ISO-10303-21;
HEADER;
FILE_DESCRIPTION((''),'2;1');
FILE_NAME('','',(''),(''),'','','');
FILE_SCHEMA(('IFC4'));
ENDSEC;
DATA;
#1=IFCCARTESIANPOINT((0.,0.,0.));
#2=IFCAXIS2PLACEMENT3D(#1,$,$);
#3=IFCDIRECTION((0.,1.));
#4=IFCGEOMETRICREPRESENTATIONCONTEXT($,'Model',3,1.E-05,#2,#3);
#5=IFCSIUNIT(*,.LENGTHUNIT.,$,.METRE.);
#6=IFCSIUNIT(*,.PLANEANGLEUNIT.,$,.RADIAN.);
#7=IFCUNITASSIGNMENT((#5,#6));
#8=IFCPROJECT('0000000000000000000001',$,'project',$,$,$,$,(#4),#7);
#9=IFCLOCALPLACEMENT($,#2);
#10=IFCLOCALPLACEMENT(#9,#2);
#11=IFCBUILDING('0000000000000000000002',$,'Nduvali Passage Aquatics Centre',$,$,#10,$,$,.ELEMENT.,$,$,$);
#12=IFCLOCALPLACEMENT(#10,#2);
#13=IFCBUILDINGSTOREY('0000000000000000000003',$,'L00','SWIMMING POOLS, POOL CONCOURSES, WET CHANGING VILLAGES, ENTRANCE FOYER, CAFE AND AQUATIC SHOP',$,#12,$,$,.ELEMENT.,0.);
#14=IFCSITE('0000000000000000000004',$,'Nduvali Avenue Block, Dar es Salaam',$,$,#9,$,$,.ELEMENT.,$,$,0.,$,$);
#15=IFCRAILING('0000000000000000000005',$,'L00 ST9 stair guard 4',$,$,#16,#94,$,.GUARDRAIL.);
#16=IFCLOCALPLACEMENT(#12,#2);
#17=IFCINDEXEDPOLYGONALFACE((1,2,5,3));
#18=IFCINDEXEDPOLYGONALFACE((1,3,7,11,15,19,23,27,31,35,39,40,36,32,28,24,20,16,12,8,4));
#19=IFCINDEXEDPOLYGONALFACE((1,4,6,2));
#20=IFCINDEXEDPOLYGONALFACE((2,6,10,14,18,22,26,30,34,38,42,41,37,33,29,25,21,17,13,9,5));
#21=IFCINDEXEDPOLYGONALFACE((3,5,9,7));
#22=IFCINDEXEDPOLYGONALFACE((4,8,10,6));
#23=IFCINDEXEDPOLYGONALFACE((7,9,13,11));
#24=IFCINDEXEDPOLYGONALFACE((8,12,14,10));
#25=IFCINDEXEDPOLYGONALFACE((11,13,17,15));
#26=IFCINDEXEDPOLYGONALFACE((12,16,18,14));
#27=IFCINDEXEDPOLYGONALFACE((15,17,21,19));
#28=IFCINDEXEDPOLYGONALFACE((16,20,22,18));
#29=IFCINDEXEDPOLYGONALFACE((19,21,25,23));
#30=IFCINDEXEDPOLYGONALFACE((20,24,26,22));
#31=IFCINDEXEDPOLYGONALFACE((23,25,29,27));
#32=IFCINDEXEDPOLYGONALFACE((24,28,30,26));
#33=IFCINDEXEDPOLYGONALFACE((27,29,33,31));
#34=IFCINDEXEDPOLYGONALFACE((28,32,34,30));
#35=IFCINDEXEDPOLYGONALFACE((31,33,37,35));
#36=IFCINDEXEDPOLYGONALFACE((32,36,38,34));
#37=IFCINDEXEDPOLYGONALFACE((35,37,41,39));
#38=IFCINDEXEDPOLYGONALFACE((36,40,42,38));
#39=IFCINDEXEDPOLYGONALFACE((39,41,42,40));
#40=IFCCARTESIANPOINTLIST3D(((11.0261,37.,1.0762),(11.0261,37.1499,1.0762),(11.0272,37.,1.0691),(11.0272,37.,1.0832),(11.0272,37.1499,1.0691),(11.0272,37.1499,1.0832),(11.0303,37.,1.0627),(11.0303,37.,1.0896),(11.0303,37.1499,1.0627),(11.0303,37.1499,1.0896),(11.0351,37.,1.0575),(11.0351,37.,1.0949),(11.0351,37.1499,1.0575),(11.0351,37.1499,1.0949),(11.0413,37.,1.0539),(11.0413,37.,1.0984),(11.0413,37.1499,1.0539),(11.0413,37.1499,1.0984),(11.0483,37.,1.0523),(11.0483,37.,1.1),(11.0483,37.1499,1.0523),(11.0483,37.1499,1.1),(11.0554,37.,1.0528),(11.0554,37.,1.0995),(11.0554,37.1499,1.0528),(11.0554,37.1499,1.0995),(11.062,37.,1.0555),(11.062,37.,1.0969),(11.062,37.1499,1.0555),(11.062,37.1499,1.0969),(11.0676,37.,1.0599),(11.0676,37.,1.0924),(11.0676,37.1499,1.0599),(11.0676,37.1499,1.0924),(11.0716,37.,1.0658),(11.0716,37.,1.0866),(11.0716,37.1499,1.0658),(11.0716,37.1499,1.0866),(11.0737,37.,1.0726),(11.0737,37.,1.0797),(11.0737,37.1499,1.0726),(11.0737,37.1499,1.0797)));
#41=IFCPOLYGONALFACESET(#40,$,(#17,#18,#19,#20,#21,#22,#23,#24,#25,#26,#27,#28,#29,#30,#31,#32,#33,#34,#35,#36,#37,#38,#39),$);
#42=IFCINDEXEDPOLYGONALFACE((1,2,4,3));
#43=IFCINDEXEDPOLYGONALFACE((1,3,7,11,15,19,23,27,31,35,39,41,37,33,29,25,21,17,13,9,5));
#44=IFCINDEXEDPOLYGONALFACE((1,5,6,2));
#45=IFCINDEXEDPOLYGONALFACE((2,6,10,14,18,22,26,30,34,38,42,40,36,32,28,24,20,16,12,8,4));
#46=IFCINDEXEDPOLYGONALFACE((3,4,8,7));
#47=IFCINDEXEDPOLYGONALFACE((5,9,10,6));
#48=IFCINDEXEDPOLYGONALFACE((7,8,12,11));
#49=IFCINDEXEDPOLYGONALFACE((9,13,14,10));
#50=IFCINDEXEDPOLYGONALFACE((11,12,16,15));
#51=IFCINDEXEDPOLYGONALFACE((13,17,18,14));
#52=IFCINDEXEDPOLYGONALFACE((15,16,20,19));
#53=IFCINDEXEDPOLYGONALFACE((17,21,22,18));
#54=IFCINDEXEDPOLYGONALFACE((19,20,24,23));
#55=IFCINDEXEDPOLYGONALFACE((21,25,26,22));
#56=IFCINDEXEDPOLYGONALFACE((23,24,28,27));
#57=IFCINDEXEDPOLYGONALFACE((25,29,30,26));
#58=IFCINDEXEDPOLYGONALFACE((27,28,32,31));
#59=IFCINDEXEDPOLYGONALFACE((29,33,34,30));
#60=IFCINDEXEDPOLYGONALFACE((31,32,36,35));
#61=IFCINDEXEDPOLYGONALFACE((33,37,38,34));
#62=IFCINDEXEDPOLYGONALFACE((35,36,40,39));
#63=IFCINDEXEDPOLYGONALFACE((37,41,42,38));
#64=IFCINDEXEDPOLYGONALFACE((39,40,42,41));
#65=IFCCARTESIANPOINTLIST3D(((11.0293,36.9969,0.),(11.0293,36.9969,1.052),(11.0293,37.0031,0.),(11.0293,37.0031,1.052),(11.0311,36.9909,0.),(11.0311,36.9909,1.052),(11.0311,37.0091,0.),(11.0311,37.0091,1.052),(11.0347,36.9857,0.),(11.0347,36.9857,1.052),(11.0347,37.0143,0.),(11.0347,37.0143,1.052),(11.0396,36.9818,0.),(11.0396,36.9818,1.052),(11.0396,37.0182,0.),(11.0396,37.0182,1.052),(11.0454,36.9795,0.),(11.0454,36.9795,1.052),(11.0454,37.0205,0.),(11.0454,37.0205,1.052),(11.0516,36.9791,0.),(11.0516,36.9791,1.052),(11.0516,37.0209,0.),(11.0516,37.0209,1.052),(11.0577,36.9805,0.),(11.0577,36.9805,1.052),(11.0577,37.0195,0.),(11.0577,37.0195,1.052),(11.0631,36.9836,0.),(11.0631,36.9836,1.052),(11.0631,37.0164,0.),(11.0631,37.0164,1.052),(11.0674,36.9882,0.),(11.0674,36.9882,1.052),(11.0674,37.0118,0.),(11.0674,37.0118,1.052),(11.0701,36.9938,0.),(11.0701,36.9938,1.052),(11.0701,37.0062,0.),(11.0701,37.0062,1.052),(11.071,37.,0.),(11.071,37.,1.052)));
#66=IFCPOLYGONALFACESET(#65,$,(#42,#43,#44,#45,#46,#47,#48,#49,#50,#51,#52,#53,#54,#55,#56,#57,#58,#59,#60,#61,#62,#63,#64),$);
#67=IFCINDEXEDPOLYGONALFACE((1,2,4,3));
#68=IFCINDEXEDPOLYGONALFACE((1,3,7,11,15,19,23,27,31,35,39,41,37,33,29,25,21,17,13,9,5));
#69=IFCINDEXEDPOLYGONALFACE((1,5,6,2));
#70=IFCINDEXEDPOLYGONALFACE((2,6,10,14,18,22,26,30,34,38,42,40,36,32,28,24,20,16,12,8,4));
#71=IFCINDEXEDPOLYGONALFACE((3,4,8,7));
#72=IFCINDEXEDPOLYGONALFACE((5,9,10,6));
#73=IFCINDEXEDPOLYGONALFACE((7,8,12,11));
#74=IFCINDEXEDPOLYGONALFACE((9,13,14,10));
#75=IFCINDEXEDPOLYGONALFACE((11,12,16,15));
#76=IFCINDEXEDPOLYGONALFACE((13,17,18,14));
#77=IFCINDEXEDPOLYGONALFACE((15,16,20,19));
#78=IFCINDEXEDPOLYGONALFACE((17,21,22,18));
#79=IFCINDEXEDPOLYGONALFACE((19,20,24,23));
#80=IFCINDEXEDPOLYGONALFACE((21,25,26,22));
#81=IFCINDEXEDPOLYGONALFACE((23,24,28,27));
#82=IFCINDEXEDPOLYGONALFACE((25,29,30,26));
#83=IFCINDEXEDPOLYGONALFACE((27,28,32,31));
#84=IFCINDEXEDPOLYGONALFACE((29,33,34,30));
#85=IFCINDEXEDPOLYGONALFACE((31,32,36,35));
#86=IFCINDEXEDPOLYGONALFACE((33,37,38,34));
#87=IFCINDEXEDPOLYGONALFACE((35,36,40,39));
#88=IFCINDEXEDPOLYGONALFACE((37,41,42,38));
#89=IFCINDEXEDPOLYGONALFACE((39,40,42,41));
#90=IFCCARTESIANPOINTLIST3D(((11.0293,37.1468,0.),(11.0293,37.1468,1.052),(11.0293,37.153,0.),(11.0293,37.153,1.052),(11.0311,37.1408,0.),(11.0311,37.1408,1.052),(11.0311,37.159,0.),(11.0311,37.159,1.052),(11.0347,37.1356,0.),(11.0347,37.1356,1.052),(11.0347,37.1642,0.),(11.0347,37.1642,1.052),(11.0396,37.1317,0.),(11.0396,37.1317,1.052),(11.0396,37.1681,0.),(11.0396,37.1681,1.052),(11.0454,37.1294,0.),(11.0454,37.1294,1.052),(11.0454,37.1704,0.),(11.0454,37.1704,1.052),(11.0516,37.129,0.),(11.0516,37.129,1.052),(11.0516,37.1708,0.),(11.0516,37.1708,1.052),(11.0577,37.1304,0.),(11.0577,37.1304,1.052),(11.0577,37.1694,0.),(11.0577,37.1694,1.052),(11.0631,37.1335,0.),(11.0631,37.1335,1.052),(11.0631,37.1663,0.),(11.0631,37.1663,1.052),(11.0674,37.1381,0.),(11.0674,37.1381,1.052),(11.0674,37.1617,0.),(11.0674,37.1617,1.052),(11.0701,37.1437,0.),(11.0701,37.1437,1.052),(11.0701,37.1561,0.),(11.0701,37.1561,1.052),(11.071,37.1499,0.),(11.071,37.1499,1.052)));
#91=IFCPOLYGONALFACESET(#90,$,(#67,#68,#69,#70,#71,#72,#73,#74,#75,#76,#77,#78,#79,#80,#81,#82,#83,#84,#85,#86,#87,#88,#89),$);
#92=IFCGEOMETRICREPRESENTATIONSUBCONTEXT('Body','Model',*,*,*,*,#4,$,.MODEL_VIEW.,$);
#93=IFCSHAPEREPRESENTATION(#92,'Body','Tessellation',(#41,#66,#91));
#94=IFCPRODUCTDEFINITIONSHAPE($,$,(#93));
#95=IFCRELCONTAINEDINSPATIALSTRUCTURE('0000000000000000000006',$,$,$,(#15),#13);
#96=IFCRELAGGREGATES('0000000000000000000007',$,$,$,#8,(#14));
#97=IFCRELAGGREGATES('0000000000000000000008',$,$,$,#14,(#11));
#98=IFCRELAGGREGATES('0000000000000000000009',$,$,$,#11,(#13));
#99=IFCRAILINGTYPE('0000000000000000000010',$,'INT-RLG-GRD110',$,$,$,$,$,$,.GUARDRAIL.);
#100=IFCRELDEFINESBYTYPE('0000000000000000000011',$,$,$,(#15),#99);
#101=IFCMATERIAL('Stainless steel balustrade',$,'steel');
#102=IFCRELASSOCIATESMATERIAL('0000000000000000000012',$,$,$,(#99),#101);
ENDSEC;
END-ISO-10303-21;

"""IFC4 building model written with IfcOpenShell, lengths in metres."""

from ifc_helpers import new_model, si_unit, direction, frame, origin, origin_2d, place, context, subcontext, project, spatial, circle, extrude, material, type_object, element, save


model = new_model("IFC4")

# Units and contexts
model_context = context("Model", 3, precision=1e-05, world=origin(), true_north=direction((0.0, 1.0)))
body_context = subcontext(model_context, "Body", "Model", "MODEL_VIEW")
ifc_project = project(units=[si_unit("LENGTHUNIT", "METRE"), si_unit("PLANEANGLEUNIT", "RADIAN")], contexts=[model_context])

# Site, building, storey
site_placement = place(None, origin())
site = spatial("IfcSite", under=ifc_project, at=site_placement, Name="Nduvali Avenue Block, Dar es Salaam", CompositionType="ELEMENT", RefElevation=0.0)
building_placement = place(site_placement, origin())
building = spatial("IfcBuilding", under=site, at=building_placement, Name="Nduvali Passage Aquatics Centre", CompositionType="ELEMENT")
storey_placement = place(building_placement, origin())
storey = spatial("IfcBuildingStorey", under=building, at=storey_placement, Name="L00", Description="SWIMMING POOLS, POOL CONCOURSES, WET CHANGING VILLAGES, ENTRANCE FOYER, CAFE AND AQUATIC SHOP", CompositionType="ELEMENT", Elevation=0.0)

# Railing
ifc_material_1 = material(Name="Stainless steel balustrade", Category="steel")
railing_type_1 = type_object("IfcRailingType", Name="INT-RLG-GRD110", PredefinedType="GUARDRAIL", material=ifc_material_1)
railing_1_placement = place(storey_placement, frame((11.05, 37.0, 0.0)))
element("IfcRailing", 1, at=railing_1_placement, inside=storey, type_object=railing_type_1, Name="L00 ST9 stair guard 4", PredefinedType="GUARDRAIL", context=body_context, shape_type="SweptSolid", body=[
    extrude(circle(Radius=0.0239, at=origin_2d()), frame((0.0, 0.0, 1.0762), z_axis=(0.0, 1.0, 0.0), x_axis=(-1.0, 0.0, 0.0)), (0.0, 0.0, 1.0), 0.1499),
    extrude(circle(Radius=0.021, at=origin_2d()), origin(), (0.0, 0.0, 1.0), 1.052),
    extrude(circle(Radius=0.021, at=origin_2d()), frame((0.0, 0.1499, 0.0)), (0.0, 0.0, 1.0), 1.052),
])

save(model, "model.ifc")
